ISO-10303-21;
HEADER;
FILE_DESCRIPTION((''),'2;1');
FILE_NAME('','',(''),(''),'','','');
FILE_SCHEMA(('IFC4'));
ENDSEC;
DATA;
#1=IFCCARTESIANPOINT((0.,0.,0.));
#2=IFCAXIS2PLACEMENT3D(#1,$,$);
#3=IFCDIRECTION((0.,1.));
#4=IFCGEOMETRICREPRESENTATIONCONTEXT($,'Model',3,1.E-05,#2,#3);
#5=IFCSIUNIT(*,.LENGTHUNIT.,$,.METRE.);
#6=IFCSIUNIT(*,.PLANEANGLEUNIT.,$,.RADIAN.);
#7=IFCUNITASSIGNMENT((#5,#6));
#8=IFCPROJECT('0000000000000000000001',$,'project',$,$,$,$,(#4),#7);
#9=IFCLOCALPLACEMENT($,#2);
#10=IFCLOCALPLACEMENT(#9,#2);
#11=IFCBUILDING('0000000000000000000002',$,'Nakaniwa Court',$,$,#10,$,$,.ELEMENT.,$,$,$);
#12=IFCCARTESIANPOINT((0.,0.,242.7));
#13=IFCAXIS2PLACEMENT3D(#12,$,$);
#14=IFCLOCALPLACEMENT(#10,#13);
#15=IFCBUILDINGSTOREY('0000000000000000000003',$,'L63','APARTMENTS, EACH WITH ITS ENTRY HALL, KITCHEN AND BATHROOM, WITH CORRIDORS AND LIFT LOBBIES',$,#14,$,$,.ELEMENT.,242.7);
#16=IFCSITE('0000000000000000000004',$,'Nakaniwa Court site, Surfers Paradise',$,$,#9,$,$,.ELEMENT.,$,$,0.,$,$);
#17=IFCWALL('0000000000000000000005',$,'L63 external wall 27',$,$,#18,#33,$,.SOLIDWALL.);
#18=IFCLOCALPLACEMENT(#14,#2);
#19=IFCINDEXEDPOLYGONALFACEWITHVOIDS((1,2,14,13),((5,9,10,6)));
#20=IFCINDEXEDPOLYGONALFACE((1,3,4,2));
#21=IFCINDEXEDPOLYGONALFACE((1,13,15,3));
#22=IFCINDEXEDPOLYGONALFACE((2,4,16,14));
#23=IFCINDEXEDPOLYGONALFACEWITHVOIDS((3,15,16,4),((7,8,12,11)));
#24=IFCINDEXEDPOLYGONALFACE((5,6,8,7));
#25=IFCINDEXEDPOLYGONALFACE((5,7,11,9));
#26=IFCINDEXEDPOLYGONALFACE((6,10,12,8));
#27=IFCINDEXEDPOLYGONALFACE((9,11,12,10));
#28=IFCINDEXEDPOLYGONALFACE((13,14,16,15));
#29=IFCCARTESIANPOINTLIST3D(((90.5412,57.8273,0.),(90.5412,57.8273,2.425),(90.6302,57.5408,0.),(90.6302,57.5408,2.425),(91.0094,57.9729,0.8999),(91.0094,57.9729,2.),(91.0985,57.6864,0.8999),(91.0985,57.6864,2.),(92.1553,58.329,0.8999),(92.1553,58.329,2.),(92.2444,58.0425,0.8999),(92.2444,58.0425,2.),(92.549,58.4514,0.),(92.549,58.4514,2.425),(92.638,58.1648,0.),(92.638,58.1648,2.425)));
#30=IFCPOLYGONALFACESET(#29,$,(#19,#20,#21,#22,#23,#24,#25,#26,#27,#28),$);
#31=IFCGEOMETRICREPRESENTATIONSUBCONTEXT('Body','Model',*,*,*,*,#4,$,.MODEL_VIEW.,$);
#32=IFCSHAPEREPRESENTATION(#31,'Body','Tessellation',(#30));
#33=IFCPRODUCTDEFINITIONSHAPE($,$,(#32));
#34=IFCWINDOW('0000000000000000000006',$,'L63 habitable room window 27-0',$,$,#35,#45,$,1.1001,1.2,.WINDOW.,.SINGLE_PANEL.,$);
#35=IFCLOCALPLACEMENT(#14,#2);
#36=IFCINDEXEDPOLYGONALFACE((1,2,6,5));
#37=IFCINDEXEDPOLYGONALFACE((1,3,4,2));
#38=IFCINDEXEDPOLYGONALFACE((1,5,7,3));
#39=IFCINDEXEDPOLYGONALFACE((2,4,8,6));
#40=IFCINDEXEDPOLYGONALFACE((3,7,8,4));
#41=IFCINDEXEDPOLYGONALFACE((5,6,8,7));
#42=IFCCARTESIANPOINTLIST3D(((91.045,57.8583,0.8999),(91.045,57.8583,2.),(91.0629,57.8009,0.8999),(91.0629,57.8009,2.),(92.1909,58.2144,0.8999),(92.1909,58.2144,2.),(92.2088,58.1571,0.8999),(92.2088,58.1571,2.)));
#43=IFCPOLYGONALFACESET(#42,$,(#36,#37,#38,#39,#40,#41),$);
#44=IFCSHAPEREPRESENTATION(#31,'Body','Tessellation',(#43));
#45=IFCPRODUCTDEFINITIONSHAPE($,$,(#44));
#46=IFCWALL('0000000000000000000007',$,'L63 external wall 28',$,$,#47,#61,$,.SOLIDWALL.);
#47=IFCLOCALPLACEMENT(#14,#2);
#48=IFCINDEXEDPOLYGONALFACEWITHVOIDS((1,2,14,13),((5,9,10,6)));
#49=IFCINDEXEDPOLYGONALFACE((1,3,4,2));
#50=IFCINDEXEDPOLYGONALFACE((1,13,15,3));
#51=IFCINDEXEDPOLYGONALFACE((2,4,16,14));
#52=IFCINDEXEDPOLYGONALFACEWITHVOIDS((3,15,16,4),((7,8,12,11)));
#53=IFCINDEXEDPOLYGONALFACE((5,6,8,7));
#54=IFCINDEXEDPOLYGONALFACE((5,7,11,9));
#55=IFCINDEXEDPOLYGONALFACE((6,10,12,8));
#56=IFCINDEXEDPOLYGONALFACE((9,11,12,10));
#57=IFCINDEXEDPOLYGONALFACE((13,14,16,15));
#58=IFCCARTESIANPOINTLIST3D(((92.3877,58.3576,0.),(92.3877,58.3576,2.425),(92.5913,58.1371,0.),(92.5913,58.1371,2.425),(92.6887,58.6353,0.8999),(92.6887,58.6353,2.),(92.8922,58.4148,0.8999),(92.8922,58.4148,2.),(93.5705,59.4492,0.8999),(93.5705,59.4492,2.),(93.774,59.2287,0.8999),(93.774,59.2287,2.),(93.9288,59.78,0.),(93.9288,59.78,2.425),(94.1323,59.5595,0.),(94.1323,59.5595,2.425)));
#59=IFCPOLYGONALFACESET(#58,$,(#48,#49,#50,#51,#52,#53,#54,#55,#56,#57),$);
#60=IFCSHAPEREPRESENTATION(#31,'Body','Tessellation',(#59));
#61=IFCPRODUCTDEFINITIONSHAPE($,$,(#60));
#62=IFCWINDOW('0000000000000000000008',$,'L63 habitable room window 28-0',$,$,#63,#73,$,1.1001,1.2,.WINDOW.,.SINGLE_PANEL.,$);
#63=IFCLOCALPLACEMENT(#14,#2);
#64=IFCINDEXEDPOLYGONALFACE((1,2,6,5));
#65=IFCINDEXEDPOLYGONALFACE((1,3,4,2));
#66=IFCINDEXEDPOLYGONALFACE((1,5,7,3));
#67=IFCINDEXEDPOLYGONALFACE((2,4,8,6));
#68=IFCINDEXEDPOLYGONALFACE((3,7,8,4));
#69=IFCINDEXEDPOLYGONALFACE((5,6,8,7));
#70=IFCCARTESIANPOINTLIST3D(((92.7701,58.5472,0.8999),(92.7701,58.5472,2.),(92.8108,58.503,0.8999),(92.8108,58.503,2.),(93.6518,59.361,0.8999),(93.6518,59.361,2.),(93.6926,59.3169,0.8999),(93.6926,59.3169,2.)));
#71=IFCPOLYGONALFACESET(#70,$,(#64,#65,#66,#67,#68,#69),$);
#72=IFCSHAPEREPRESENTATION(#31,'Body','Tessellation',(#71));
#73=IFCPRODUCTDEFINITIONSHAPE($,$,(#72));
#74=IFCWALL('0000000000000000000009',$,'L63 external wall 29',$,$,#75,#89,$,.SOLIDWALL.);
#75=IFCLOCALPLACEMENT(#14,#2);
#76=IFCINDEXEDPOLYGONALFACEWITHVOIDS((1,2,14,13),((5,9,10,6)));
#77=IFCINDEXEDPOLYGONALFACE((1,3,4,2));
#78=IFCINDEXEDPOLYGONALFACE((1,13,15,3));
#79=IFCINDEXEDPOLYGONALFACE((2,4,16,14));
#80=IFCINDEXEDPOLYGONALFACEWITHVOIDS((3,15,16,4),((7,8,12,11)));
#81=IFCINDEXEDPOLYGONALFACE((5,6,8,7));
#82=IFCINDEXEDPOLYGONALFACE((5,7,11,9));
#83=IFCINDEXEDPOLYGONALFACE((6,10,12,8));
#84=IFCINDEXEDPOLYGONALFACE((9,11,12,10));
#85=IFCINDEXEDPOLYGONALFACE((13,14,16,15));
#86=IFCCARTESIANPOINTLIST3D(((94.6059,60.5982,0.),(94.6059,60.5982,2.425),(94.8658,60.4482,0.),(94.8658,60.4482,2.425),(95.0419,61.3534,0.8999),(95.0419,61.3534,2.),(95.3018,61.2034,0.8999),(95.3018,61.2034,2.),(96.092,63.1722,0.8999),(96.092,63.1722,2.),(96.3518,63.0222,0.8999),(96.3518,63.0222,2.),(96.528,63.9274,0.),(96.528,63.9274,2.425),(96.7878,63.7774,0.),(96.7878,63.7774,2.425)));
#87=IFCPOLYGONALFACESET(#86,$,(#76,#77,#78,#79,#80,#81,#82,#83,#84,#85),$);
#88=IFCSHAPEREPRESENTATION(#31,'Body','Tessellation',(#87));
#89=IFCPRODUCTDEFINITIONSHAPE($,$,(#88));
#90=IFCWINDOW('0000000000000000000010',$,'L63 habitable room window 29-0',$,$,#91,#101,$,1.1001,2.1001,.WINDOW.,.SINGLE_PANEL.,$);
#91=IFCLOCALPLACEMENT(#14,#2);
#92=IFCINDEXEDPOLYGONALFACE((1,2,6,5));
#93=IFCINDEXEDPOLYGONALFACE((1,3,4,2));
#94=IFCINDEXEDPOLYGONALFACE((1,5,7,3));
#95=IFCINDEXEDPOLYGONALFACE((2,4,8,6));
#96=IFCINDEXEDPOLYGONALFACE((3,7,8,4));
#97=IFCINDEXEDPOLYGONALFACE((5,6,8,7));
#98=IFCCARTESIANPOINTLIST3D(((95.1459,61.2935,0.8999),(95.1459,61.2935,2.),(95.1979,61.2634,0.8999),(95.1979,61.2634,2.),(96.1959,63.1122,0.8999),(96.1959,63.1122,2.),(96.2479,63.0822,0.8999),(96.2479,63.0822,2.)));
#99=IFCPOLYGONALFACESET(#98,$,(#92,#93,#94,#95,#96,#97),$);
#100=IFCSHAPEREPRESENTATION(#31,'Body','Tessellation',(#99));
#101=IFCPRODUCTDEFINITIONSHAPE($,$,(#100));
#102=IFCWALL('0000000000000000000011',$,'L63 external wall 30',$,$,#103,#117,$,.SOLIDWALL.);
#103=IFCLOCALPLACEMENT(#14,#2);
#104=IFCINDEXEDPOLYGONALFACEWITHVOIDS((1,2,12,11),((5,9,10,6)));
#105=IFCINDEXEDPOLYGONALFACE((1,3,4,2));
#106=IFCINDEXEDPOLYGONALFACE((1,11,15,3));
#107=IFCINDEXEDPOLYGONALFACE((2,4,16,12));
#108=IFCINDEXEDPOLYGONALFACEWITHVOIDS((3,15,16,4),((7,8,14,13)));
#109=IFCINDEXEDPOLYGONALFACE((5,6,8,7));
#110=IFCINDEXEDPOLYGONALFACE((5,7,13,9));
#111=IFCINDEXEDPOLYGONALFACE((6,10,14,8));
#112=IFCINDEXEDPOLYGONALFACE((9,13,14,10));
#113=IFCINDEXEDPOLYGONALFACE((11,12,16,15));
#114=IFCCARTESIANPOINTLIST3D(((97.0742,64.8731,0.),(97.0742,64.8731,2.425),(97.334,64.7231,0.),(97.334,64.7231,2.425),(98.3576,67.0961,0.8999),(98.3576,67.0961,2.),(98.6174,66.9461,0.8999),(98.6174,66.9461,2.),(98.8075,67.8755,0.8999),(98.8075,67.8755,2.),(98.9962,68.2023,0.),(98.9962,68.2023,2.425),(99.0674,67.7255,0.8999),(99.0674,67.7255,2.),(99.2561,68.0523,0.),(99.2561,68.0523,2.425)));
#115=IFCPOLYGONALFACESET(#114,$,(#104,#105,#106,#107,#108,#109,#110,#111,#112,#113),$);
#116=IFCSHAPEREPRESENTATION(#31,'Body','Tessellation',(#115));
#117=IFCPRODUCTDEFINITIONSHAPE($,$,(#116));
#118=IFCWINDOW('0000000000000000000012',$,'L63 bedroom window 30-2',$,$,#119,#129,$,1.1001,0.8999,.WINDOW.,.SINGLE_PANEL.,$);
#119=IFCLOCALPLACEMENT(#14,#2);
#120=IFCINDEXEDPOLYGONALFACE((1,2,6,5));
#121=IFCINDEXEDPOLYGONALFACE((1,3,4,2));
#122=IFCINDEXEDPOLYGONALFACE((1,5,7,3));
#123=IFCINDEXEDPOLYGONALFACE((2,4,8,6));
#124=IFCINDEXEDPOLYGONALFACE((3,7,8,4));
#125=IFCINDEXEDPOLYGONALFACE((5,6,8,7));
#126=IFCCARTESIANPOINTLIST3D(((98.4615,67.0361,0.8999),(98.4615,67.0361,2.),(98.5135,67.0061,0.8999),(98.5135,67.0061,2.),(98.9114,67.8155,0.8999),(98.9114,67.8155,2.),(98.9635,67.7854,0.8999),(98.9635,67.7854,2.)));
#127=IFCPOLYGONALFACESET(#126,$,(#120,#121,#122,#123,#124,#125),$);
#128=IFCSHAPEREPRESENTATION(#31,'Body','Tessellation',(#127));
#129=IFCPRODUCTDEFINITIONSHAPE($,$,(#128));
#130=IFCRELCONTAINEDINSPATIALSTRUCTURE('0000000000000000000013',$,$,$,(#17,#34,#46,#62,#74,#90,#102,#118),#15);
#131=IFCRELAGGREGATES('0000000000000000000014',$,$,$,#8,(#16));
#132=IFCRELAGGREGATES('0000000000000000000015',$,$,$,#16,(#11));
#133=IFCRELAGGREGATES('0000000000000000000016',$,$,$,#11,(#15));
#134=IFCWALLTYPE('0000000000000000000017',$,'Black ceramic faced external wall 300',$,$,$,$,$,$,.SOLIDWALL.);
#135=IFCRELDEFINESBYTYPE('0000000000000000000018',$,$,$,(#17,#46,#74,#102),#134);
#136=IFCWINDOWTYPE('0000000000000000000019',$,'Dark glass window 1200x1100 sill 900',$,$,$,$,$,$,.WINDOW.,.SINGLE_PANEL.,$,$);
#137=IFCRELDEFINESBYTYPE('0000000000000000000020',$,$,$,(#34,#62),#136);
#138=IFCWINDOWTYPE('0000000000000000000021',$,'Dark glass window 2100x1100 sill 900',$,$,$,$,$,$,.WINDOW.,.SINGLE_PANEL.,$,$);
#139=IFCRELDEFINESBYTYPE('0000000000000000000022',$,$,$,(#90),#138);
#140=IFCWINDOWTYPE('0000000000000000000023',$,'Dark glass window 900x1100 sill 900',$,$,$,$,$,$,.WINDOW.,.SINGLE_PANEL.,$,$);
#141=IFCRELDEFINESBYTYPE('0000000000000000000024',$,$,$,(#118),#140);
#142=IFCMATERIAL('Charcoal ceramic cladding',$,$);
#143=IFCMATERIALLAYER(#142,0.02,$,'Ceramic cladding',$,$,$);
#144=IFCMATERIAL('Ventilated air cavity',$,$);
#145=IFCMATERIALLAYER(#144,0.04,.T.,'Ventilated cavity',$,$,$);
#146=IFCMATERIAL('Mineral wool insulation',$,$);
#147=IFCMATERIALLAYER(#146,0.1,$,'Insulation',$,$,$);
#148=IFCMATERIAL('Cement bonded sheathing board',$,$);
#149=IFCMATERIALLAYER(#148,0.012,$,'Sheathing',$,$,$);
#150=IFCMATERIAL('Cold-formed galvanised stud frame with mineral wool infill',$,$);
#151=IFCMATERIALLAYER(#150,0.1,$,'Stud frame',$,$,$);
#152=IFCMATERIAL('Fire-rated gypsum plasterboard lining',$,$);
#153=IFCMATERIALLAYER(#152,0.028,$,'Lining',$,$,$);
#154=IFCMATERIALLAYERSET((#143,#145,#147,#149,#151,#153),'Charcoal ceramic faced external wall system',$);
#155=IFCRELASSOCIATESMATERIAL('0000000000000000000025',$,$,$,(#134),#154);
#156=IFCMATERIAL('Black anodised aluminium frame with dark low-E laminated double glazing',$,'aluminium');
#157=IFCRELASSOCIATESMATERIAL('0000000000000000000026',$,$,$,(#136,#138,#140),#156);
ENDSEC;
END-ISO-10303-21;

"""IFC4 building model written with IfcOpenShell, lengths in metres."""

from ifc_helpers import new_model, si_unit, direction, frame, frame_2d, origin, place, context, subcontext, project, spatial, rectangle, extrude, material, layer, layer_set, type_object, element, fill, save


model = new_model("IFC4")

# Units and contexts
model_context = context("Model", 3, precision=1e-05, world=origin(), true_north=direction((0.0, 1.0)))
body_context = subcontext(model_context, "Body", "Model", "MODEL_VIEW")
ifc_project = project(units=[si_unit("LENGTHUNIT", "METRE"), si_unit("PLANEANGLEUNIT", "RADIAN")], contexts=[model_context])

# Site, building, storey
site_placement = place(None, origin())
site = spatial("IfcSite", under=ifc_project, at=site_placement, Name="Nakaniwa Court site, Surfers Paradise", CompositionType="ELEMENT", RefElevation=0.0)
building_placement = place(site_placement, origin())
building = spatial("IfcBuilding", under=site, at=building_placement, Name="Nakaniwa Court", CompositionType="ELEMENT")
storey_placement = place(building_placement, frame((0.0, 0.0, 242.7)))
storey = spatial("IfcBuildingStorey", under=building, at=storey_placement, Name="L63", Description="APARTMENTS, EACH WITH ITS ENTRY HALL, KITCHEN AND BATHROOM, WITH CORRIDORS AND LIFT LOBBIES", CompositionType="ELEMENT", Elevation=242.7)

# Walls, openings, windows
ifc_material_1 = material(Name="Charcoal ceramic cladding")
ifc_layer_1 = layer(ifc_material_1, 0.02, Name="Ceramic cladding")
ifc_material_2 = material(Name="Ventilated air cavity")
ifc_layer_2 = layer(ifc_material_2, 0.04, ventilated=True, Name="Ventilated cavity")
ifc_material_3 = material(Name="Mineral wool insulation")
ifc_layer_3 = layer(ifc_material_3, 0.1, Name="Insulation")
ifc_material_4 = material(Name="Cement bonded sheathing board")
ifc_layer_4 = layer(ifc_material_4, 0.012, Name="Sheathing")
ifc_material_5 = material(Name="Cold-formed galvanised stud frame with mineral wool infill")
ifc_layer_5 = layer(ifc_material_5, 0.1, Name="Stud frame")
ifc_material_6 = material(Name="Fire-rated gypsum plasterboard lining")
ifc_layer_6 = layer(ifc_material_6, 0.028, Name="Lining")
ifc_layer_set_1 = layer_set([ifc_layer_1, ifc_layer_2, ifc_layer_3, ifc_layer_4, ifc_layer_5, ifc_layer_6], Name="Charcoal ceramic faced external wall system")
wall_type_1 = type_object("IfcWallType", Name="Black ceramic faced external wall 300", PredefinedType="SOLIDWALL", material=ifc_layer_set_1)
wall_1_placement = place(storey_placement, frame((90.5857, 57.6841, 0.0), z_axis=(0.0, 0.0, 1.0), x_axis=(0.954942, 0.296794, 0.0)))
wall_1 = element("IfcWall", 1, at=wall_1_placement, inside=storey, type_object=wall_type_1, Name="L63 external wall 27", PredefinedType="SOLIDWALL", context=body_context, shape_type="SweptSolid", body=[
    extrude(rectangle(XDim=2.1025, YDim=0.3, at=frame_2d((1.0513, 0.0))), origin(), (0.0, 0.0, 1.0), 2.425),
])
opening_1_placement = place(wall_1_placement, frame((0.4902, 0.0, 0.8999)))
opening_1 = element("IfcOpeningElement", 2, at=opening_1_placement, cuts=wall_1, PredefinedType="OPENING", context=body_context, shape_type="SweptSolid", body=[
    extrude(rectangle(XDim=1.2, YDim=1.1001, at=frame_2d((0.6001, 0.55))), frame((0.0, 0.1599, 0.0), z_axis=(0.0, -1.0, 0.0), x_axis=(1.0, 0.0, 0.0)), (0.0, 0.0, 1.0), 0.3201),
])
ifc_material_7 = material(Name="Black anodised aluminium frame with dark low-E laminated double glazing", Category="aluminium")
window_type_1 = type_object("IfcWindowType", Name="Dark glass window 1200x1100 sill 900", PartitioningType="SINGLE_PANEL", PredefinedType="WINDOW", material=ifc_material_7)
window_1_placement = place(opening_1_placement, origin())
window_1 = element("IfcWindow", 3, at=window_1_placement, inside=storey, type_object=window_type_1, Name="L63 habitable room window 27-0", OverallHeight=1.1001, OverallWidth=1.2, PartitioningType="SINGLE_PANEL", PredefinedType="WINDOW", context=body_context, shape_type="SweptSolid", body=[
    extrude(rectangle(XDim=1.2, YDim=1.1001, at=frame_2d((0.6001, 0.55))), frame((0.0, 0.03, 0.0), z_axis=(0.0, -1.0, 0.0), x_axis=(1.0, 0.0, 0.0)), (0.0, 0.0, 1.0), 0.0601),
])
fill(opening_1, window_1)
wall_2_placement = place(storey_placement, frame((92.4895, 58.2473, 0.0), z_axis=(0.0, 0.0, 1.0), x_axis=(0.73483, 0.678251, 0.0)))
wall_2 = element("IfcWall", 4, at=wall_2_placement, inside=storey, type_object=wall_type_1, Name="L63 external wall 28", PredefinedType="SOLIDWALL", context=body_context, shape_type="SweptSolid", body=[
    extrude(rectangle(XDim=2.0972, YDim=0.3, at=frame_2d((1.0486, 0.0))), origin(), (0.0, 0.0, 1.0), 2.425),
])
opening_2_placement = place(wall_2_placement, frame((0.4094, 0.0, 0.8999)))
opening_2 = element("IfcOpeningElement", 5, at=opening_2_placement, cuts=wall_2, PredefinedType="OPENING", context=body_context, shape_type="SweptSolid", body=[
    extrude(rectangle(XDim=1.2, YDim=1.1001, at=frame_2d((0.6001, 0.55))), frame((0.0, 0.1599, 0.0), z_axis=(0.0, -1.0, 0.0), x_axis=(1.0, 0.0, 0.0)), (0.0, 0.0, 1.0), 0.3201),
])
window_2_placement = place(opening_2_placement, origin())
window_2 = element("IfcWindow", 6, at=window_2_placement, inside=storey, type_object=window_type_1, Name="L63 habitable room window 28-0", OverallHeight=1.1001, OverallWidth=1.2, PartitioningType="SINGLE_PANEL", PredefinedType="WINDOW", context=body_context, shape_type="SweptSolid", body=[
    extrude(rectangle(XDim=1.2, YDim=1.1001, at=frame_2d((0.6001, 0.55))), frame((0.0, 0.03, 0.0), z_axis=(0.0, -1.0, 0.0), x_axis=(1.0, 0.0, 0.0)), (0.0, 0.0, 1.0), 0.0601),
])
fill(opening_2, window_2)
wall_3_placement = place(storey_placement, frame((94.7358, 60.5232, 0.0), z_axis=(0.0, 0.0, 1.0), x_axis=(0.499984, 0.866034, 0.0)))
wall_3 = element("IfcWall", 7, at=wall_3_placement, inside=storey, type_object=wall_type_1, Name="L63 external wall 29", PredefinedType="SOLIDWALL", context=body_context, shape_type="SweptSolid", body=[
    extrude(rectangle(XDim=3.8442, YDim=0.3, at=frame_2d((1.9221, 0.0))), origin(), (0.0, 0.0, 1.0), 2.425),
])
opening_3_placement = place(wall_3_placement, frame((0.8721, 0.0, 0.8999)))
opening_3 = element("IfcOpeningElement", 8, at=opening_3_placement, cuts=wall_3, PredefinedType="OPENING", context=body_context, shape_type="SweptSolid", body=[
    extrude(rectangle(XDim=2.1001, YDim=1.1001, at=frame_2d((1.05, 0.55))), frame((0.0, 0.1599, 0.0), z_axis=(0.0, -1.0, 0.0), x_axis=(1.0, 0.0, 0.0)), (0.0, 0.0, 1.0), 0.3201),
])
window_type_2 = type_object("IfcWindowType", Name="Dark glass window 2100x1100 sill 900", PartitioningType="SINGLE_PANEL", PredefinedType="WINDOW", material=ifc_material_7)
window_3_placement = place(opening_3_placement, origin())
window_3 = element("IfcWindow", 9, at=window_3_placement, inside=storey, type_object=window_type_2, Name="L63 habitable room window 29-0", OverallHeight=1.1001, OverallWidth=2.1001, PartitioningType="SINGLE_PANEL", PredefinedType="WINDOW", context=body_context, shape_type="SweptSolid", body=[
    extrude(rectangle(XDim=2.1001, YDim=1.1001, at=frame_2d((1.05, 0.55))), frame((0.0, 0.03, 0.0), z_axis=(0.0, -1.0, 0.0), x_axis=(1.0, 0.0, 0.0)), (0.0, 0.0, 1.0), 0.0601),
])
fill(opening_3, window_3)
wall_4_placement = place(storey_placement, frame((97.2041, 64.7981, 0.0), z_axis=(0.0, 0.0, 1.0), x_axis=(0.499984, 0.866034, 0.0)))
wall_4 = element("IfcWall", 10, at=wall_4_placement, inside=storey, type_object=wall_type_1, Name="L63 external wall 30", PredefinedType="SOLIDWALL", context=body_context, shape_type="SweptSolid", body=[
    extrude(rectangle(XDim=3.8442, YDim=0.3, at=frame_2d((1.9221, 0.0))), origin(), (0.0, 0.0, 1.0), 2.425),
])
opening_4_placement = place(wall_4_placement, frame((2.5669, 0.0, 0.8999)))
opening_4 = element("IfcOpeningElement", 11, at=opening_4_placement, cuts=wall_4, PredefinedType="OPENING", context=body_context, shape_type="SweptSolid", body=[
    extrude(rectangle(XDim=0.8999, YDim=1.1001, at=frame_2d((0.45, 0.55))), frame((0.0, 0.1599, 0.0), z_axis=(0.0, -1.0, 0.0), x_axis=(1.0, 0.0, 0.0)), (0.0, 0.0, 1.0), 0.3201),
])
window_type_3 = type_object("IfcWindowType", Name="Dark glass window 900x1100 sill 900", PartitioningType="SINGLE_PANEL", PredefinedType="WINDOW", material=ifc_material_7)
window_4_placement = place(opening_4_placement, origin())
window_4 = element("IfcWindow", 12, at=window_4_placement, inside=storey, type_object=window_type_3, Name="L63 bedroom window 30-2", OverallHeight=1.1001, OverallWidth=0.8999, PartitioningType="SINGLE_PANEL", PredefinedType="WINDOW", context=body_context, shape_type="SweptSolid", body=[
    extrude(rectangle(XDim=0.8999, YDim=1.1001, at=frame_2d((0.45, 0.55))), frame((0.0, 0.03, 0.0), z_axis=(0.0, -1.0, 0.0), x_axis=(1.0, 0.0, 0.0)), (0.0, 0.0, 1.0), 0.0601),
])
fill(opening_4, window_4)

save(model, "model.ifc")
